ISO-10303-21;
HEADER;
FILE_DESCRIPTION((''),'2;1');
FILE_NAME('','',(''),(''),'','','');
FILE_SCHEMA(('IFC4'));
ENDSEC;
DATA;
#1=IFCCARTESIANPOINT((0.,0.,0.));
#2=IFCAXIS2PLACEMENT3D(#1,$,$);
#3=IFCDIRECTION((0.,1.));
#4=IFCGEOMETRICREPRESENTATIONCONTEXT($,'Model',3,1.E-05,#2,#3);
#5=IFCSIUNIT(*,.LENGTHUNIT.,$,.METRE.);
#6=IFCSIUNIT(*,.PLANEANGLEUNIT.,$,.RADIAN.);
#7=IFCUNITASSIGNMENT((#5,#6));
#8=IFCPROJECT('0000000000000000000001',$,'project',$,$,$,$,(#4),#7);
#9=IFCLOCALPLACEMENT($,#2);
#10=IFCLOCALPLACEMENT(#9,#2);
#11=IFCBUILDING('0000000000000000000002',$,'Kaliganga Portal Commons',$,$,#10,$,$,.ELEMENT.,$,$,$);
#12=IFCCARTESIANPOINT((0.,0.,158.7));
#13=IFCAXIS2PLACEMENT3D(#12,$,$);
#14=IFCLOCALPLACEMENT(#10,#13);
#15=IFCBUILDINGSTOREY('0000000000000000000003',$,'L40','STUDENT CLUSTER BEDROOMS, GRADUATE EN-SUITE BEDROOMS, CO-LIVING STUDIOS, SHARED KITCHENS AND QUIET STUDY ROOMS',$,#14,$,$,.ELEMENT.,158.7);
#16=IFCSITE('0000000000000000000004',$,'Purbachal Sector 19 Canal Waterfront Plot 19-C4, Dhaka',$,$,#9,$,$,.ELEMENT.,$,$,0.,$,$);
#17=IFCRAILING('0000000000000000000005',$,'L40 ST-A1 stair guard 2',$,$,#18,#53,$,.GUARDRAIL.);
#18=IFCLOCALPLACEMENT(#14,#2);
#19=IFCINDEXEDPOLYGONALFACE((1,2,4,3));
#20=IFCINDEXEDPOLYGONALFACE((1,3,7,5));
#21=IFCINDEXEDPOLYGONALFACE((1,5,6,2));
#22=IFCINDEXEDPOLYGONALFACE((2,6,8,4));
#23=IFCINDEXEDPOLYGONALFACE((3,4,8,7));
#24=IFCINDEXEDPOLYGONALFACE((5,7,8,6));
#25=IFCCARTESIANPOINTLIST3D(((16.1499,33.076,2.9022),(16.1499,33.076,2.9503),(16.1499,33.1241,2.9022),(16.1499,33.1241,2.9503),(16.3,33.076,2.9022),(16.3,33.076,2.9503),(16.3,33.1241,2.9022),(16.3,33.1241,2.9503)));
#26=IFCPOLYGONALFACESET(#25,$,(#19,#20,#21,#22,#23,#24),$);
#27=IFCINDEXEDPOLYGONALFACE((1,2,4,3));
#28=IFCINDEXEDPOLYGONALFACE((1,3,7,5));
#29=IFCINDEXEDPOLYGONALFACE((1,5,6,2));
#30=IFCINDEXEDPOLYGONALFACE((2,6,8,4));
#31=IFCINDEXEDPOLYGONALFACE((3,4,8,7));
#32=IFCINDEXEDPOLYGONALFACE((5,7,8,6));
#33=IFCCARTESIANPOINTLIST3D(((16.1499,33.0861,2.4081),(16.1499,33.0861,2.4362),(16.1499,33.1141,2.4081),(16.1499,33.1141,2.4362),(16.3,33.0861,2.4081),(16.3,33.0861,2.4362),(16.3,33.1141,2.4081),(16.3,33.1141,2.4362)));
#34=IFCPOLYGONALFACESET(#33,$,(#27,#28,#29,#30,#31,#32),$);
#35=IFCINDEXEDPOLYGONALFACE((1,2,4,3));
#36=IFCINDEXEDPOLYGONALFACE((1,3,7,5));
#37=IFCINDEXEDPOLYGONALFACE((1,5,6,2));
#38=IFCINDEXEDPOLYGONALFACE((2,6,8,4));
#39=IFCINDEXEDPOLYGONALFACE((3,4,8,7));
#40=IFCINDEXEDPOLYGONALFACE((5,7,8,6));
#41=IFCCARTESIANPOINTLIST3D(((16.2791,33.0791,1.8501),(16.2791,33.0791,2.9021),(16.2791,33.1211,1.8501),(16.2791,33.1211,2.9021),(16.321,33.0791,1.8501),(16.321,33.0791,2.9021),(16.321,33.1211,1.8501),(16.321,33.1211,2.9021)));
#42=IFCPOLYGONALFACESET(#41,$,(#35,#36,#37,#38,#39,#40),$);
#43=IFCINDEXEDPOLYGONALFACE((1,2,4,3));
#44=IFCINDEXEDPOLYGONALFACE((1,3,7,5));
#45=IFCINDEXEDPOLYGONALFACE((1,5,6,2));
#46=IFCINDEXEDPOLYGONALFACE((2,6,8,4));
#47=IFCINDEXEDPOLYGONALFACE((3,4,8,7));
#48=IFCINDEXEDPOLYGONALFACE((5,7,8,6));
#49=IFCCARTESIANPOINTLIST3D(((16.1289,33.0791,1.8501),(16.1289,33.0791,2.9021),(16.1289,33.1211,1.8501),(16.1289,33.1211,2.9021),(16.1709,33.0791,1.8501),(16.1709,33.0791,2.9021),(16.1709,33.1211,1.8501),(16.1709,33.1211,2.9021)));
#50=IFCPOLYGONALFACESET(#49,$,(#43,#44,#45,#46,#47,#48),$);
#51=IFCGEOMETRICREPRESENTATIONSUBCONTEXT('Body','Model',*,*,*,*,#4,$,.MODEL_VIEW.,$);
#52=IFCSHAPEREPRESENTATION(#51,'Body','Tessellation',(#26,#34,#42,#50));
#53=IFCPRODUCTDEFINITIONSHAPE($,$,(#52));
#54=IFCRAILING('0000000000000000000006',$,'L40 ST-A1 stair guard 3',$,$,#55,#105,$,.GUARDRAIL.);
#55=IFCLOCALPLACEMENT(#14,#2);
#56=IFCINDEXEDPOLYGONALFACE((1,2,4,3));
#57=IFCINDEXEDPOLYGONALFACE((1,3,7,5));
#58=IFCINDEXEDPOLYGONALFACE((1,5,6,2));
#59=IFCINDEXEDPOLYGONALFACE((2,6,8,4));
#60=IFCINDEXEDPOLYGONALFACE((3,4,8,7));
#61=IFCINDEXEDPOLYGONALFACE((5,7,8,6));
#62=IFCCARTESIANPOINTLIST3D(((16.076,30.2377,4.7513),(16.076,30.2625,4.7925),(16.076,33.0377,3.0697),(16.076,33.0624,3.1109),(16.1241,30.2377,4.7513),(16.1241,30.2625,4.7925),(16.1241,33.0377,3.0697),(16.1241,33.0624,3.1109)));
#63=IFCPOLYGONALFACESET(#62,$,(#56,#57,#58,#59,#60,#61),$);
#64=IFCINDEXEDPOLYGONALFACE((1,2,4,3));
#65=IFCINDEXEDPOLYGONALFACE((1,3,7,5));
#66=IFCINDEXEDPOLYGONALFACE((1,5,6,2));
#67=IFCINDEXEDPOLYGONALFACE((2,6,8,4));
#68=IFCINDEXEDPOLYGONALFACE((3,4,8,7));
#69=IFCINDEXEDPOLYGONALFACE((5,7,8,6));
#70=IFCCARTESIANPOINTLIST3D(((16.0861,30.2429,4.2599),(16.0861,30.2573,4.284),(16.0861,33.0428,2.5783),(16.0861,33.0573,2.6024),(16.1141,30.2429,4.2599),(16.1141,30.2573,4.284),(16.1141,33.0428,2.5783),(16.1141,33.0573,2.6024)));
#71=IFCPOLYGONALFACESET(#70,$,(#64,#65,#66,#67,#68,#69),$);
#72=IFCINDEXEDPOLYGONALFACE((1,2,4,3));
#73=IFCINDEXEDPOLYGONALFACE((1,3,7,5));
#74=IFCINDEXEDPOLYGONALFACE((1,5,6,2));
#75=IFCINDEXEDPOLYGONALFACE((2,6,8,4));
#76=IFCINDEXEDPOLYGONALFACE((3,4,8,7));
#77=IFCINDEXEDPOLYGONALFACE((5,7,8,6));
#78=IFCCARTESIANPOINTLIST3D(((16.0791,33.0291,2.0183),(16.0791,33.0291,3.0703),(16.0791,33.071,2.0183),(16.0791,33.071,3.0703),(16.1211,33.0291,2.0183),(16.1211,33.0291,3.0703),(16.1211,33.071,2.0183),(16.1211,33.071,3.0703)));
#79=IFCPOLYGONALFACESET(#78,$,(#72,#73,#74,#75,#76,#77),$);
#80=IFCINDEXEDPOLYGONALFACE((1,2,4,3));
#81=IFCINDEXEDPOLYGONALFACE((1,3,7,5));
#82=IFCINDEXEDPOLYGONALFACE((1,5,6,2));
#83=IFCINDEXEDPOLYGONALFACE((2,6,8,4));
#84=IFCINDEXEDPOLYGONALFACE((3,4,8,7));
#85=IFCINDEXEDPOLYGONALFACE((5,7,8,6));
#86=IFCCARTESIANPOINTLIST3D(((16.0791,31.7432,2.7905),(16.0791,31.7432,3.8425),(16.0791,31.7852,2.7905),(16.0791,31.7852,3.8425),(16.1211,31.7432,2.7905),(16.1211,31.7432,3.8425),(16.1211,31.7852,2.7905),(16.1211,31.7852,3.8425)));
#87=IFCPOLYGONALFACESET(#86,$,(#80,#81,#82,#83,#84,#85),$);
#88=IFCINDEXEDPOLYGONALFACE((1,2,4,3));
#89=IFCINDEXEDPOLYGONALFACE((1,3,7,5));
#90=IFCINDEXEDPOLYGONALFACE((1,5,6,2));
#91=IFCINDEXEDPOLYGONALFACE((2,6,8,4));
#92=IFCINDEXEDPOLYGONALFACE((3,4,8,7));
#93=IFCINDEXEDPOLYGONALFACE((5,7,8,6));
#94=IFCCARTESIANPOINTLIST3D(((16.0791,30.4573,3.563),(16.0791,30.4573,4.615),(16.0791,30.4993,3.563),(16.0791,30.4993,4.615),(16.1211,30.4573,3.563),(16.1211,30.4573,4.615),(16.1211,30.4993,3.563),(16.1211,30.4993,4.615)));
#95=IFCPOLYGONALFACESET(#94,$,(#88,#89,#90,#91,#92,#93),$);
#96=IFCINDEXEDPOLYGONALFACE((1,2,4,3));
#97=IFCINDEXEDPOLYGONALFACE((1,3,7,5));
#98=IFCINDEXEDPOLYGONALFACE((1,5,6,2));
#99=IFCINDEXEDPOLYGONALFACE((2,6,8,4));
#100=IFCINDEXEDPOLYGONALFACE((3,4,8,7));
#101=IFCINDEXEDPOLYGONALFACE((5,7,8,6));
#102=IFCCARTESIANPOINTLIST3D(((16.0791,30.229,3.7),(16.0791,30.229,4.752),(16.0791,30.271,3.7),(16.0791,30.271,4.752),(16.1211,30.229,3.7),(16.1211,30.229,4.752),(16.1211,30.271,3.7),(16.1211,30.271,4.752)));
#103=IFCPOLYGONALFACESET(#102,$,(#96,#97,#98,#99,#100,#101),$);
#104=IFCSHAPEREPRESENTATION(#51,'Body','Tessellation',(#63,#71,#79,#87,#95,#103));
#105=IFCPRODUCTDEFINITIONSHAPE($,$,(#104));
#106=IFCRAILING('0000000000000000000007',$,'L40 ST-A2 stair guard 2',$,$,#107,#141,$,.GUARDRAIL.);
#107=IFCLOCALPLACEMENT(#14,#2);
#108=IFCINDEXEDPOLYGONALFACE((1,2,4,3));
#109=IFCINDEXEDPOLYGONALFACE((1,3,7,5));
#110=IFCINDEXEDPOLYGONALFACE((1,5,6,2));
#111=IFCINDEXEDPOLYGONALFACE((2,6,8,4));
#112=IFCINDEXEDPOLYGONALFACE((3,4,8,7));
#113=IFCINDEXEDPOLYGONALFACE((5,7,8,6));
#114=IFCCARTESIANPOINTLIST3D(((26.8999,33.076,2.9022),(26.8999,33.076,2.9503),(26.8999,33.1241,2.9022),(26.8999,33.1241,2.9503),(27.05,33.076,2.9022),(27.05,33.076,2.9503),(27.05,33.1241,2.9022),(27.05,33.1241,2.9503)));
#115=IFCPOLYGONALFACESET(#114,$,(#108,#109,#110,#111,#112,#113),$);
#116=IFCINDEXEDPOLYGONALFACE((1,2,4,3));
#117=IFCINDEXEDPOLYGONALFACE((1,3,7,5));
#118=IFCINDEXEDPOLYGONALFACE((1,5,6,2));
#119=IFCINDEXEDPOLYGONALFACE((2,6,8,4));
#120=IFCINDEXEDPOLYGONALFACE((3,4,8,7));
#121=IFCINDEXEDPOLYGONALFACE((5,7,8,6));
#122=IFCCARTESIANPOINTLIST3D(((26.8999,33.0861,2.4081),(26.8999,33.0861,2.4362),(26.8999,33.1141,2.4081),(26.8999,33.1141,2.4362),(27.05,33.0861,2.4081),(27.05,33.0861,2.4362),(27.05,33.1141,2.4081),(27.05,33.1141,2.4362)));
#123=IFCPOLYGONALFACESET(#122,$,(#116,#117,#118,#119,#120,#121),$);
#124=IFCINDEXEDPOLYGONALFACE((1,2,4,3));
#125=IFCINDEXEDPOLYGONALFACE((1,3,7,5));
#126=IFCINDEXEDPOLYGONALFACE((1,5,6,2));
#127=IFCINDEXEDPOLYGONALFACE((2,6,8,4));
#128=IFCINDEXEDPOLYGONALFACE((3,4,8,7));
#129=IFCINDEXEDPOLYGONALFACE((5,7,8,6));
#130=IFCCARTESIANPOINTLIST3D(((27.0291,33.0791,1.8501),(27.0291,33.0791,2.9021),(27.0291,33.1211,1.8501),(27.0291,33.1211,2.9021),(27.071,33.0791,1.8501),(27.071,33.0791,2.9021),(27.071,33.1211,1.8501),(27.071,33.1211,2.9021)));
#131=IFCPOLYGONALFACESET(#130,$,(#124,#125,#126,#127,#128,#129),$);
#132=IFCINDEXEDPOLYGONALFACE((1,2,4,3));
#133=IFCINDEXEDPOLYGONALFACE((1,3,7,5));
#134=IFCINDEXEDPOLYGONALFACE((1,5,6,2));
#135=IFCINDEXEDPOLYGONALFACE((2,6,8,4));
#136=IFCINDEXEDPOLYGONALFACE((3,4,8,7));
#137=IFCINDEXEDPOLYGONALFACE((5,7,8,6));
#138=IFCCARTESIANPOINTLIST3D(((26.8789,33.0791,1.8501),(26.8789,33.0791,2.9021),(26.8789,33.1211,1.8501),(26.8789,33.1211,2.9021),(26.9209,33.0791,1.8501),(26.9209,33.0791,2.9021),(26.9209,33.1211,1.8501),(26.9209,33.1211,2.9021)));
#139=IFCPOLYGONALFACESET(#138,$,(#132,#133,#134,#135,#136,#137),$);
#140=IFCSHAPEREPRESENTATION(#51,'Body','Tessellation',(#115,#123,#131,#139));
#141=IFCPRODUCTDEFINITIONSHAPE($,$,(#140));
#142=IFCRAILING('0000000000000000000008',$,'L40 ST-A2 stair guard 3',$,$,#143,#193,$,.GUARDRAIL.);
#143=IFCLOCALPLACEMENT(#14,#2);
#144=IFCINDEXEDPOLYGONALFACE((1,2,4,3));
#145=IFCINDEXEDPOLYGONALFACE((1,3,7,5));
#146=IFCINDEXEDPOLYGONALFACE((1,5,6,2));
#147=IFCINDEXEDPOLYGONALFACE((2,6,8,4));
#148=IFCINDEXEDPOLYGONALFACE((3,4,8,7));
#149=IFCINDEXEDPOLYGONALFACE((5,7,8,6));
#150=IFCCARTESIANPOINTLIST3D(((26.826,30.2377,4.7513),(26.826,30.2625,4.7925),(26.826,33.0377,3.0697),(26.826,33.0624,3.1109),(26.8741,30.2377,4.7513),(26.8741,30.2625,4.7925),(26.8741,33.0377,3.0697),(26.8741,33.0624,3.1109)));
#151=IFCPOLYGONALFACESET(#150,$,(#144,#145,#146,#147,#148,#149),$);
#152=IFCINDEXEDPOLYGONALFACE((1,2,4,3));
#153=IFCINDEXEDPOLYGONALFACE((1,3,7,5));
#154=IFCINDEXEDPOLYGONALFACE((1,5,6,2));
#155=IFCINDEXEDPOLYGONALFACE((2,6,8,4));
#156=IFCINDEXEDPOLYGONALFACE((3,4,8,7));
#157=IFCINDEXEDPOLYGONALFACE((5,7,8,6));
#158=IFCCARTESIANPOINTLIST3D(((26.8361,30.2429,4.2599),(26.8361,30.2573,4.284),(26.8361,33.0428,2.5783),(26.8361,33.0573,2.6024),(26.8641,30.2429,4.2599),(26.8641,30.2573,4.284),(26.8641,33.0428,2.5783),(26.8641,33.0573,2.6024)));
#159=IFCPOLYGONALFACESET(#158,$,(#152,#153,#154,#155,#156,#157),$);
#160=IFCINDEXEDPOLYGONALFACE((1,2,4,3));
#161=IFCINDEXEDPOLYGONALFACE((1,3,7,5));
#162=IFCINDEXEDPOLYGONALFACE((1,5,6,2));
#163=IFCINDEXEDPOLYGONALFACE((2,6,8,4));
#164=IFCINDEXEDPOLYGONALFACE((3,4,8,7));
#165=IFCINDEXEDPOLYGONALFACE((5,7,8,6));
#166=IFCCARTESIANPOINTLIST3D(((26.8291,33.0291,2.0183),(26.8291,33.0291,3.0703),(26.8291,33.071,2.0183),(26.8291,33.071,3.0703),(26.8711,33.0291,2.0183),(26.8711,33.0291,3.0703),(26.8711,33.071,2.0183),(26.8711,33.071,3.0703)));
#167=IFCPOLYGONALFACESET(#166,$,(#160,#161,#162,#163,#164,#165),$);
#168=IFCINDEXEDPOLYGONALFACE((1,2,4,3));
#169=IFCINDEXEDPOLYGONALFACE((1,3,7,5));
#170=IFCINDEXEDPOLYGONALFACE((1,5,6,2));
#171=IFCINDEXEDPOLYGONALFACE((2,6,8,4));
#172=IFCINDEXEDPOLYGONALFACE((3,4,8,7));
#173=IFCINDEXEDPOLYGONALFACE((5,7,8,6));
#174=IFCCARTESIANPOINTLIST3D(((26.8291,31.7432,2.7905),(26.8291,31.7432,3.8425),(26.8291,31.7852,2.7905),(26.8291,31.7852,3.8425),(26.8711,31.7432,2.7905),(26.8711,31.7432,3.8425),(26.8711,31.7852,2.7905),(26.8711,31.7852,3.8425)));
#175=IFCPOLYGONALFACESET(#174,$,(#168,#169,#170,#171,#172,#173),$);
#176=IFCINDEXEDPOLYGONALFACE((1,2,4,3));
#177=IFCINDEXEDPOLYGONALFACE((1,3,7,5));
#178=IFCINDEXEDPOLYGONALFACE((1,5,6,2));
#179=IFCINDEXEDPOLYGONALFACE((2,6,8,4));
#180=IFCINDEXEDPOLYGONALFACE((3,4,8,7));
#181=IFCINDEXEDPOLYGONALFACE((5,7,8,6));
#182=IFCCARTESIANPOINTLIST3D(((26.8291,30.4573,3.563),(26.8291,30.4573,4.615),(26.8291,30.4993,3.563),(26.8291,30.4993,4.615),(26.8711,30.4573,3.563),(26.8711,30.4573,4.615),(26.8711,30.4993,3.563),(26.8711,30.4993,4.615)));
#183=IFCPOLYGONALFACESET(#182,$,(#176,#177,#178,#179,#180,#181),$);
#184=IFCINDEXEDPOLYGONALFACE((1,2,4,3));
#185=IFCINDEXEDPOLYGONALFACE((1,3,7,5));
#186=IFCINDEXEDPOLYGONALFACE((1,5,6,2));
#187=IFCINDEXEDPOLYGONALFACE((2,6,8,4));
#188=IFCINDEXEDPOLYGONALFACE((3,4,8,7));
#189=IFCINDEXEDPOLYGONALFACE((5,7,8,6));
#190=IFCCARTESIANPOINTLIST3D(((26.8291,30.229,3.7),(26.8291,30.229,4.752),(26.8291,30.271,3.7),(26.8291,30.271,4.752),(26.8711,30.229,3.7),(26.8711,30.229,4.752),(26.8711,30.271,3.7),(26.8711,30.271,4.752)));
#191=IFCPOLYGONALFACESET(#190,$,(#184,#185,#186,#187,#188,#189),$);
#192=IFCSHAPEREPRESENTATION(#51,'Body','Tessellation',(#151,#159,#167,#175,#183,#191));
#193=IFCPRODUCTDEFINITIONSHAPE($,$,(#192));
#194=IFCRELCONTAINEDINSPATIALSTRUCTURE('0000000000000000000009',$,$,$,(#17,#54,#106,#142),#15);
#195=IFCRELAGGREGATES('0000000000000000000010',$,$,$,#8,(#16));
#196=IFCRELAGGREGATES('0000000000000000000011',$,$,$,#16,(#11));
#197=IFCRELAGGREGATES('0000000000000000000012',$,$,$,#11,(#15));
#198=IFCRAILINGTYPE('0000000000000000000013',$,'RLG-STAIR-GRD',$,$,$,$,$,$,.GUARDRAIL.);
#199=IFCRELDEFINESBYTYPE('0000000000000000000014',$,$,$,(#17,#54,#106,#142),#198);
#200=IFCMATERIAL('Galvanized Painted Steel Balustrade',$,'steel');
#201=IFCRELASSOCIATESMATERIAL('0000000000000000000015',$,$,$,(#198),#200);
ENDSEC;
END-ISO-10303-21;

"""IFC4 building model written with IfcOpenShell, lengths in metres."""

from ifc_helpers import new_model, si_unit, direction, frame, origin, origin_2d, place, context, subcontext, project, spatial, rectangle, extrude, material, type_object, element, save


model = new_model("IFC4")

# Units and contexts
model_context = context("Model", 3, precision=1e-05, world=origin(), true_north=direction((0.0, 1.0)))
body_context = subcontext(model_context, "Body", "Model", "MODEL_VIEW")
ifc_project = project(units=[si_unit("LENGTHUNIT", "METRE"), si_unit("PLANEANGLEUNIT", "RADIAN")], contexts=[model_context])

# Site, building, storey
site_placement = place(None, origin())
site = spatial("IfcSite", under=ifc_project, at=site_placement, Name="Purbachal Sector 19 Canal Waterfront Plot 19-C4, Dhaka", CompositionType="ELEMENT", RefElevation=0.0)
building_placement = place(site_placement, origin())
building = spatial("IfcBuilding", under=site, at=building_placement, Name="Kaliganga Portal Commons", CompositionType="ELEMENT")
storey_placement = place(building_placement, frame((0.0, 0.0, 158.7)))
storey = spatial("IfcBuildingStorey", under=building, at=storey_placement, Name="L40", Description="STUDENT CLUSTER BEDROOMS, GRADUATE EN-SUITE BEDROOMS, CO-LIVING STUDIOS, SHARED KITCHENS AND QUIET STUDY ROOMS", CompositionType="ELEMENT", Elevation=158.7)

# Railings
ifc_material_1 = material(Name="Galvanized Painted Steel Balustrade", Category="steel")
railing_type_1 = type_object("IfcRailingType", Name="RLG-STAIR-GRD", PredefinedType="GUARDRAIL", material=ifc_material_1)
railing_1_placement = place(storey_placement, frame((16.3, 33.1001, 1.8501)))
element("IfcRailing", 1, at=railing_1_placement, inside=storey, type_object=railing_type_1, Name="L40 ST-A1 stair guard 2", PredefinedType="GUARDRAIL", context=body_context, shape_type="SweptSolid", body=[
    extrude(rectangle(XDim=0.0481, YDim=0.0481, at=origin_2d()), frame((0.0, 0.0, 1.0762), z_axis=(-1.0, 0.0, 0.0), x_axis=(0.0, -1.0, 0.0)), (0.0, 0.0, 1.0), 0.1501),
    extrude(rectangle(XDim=0.0281, YDim=0.0281, at=origin_2d()), frame((0.0, 0.0, 0.572), z_axis=(-1.0, 0.0, 0.0), x_axis=(0.0, -1.0, 0.0)), (0.0, 0.0, 1.0), 0.1501),
    extrude(rectangle(XDim=0.042, YDim=0.042, at=origin_2d()), origin(), (0.0, 0.0, 1.0), 1.052),
    extrude(rectangle(XDim=0.042, YDim=0.042, at=origin_2d()), frame((-0.1501, 0.0, 0.0)), (0.0, 0.0, 1.0), 1.052),
])
railing_2_placement = place(storey_placement, frame((16.1001, 33.05, 2.0183)))
element("IfcRailing", 2, at=railing_2_placement, inside=storey, type_object=railing_type_1, Name="L40 ST-A1 stair guard 3", PredefinedType="GUARDRAIL", context=body_context, shape_type="SweptSolid", body=[
    extrude(rectangle(XDim=0.0481, YDim=0.0481, at=origin_2d()), frame((0.0, 0.0, 1.072), z_axis=(0.0, -0.857275, 0.514858), x_axis=(1.0, 0.0, 0.0)), (0.0, 0.0, 1.0), 3.2661),
    extrude(rectangle(XDim=0.0281, YDim=0.0281, at=origin_2d()), frame((0.0, 0.0, 0.572), z_axis=(0.0, -0.857275, 0.514858), x_axis=(1.0, 0.0, 0.0)), (0.0, 0.0, 1.0), 3.2661),
    extrude(rectangle(XDim=0.042, YDim=0.042, at=origin_2d()), origin(), (0.0, 0.0, 1.0), 1.052),
    extrude(rectangle(XDim=0.042, YDim=0.042, at=origin_2d()), frame((0.0, -1.2859, 0.7722)), (0.0, 0.0, 1.0), 1.052),
    extrude(rectangle(XDim=0.042, YDim=0.042, at=origin_2d()), frame((0.0, -2.5718, 1.5447)), (0.0, 0.0, 1.0), 1.052),
    extrude(rectangle(XDim=0.042, YDim=0.042, at=origin_2d()), frame((0.0, -2.8, 1.6816)), (0.0, 0.0, 1.0), 1.052),
])
railing_3_placement = place(storey_placement, frame((27.05, 33.1001, 1.8501)))
element("IfcRailing", 3, at=railing_3_placement, inside=storey, type_object=railing_type_1, Name="L40 ST-A2 stair guard 2", PredefinedType="GUARDRAIL", context=body_context, shape_type="SweptSolid", body=[
    extrude(rectangle(XDim=0.0481, YDim=0.0481, at=origin_2d()), frame((0.0, 0.0, 1.0762), z_axis=(-1.0, 0.0, 0.0), x_axis=(0.0, -1.0, 0.0)), (0.0, 0.0, 1.0), 0.1501),
    extrude(rectangle(XDim=0.0281, YDim=0.0281, at=origin_2d()), frame((0.0, 0.0, 0.572), z_axis=(-1.0, 0.0, 0.0), x_axis=(0.0, -1.0, 0.0)), (0.0, 0.0, 1.0), 0.1501),
    extrude(rectangle(XDim=0.042, YDim=0.042, at=origin_2d()), origin(), (0.0, 0.0, 1.0), 1.052),
    extrude(rectangle(XDim=0.042, YDim=0.042, at=origin_2d()), frame((-0.1501, 0.0, 0.0)), (0.0, 0.0, 1.0), 1.052),
])
railing_4_placement = place(storey_placement, frame((26.8501, 33.05, 2.0183)))
element("IfcRailing", 4, at=railing_4_placement, inside=storey, type_object=railing_type_1, Name="L40 ST-A2 stair guard 3", PredefinedType="GUARDRAIL", context=body_context, shape_type="SweptSolid", body=[
    extrude(rectangle(XDim=0.0481, YDim=0.0481, at=origin_2d()), frame((0.0, 0.0, 1.072), z_axis=(0.0, -0.857275, 0.514858), x_axis=(1.0, 0.0, 0.0)), (0.0, 0.0, 1.0), 3.2661),
    extrude(rectangle(XDim=0.0281, YDim=0.0281, at=origin_2d()), frame((0.0, 0.0, 0.572), z_axis=(0.0, -0.857275, 0.514858), x_axis=(1.0, 0.0, 0.0)), (0.0, 0.0, 1.0), 3.2661),
    extrude(rectangle(XDim=0.042, YDim=0.042, at=origin_2d()), origin(), (0.0, 0.0, 1.0), 1.052),
    extrude(rectangle(XDim=0.042, YDim=0.042, at=origin_2d()), frame((0.0, -1.2859, 0.7722)), (0.0, 0.0, 1.0), 1.052),
    extrude(rectangle(XDim=0.042, YDim=0.042, at=origin_2d()), frame((0.0, -2.5718, 1.5447)), (0.0, 0.0, 1.0), 1.052),
    extrude(rectangle(XDim=0.042, YDim=0.042, at=origin_2d()), frame((0.0, -2.8, 1.6816)), (0.0, 0.0, 1.0), 1.052),
])

save(model, "model.ifc")
